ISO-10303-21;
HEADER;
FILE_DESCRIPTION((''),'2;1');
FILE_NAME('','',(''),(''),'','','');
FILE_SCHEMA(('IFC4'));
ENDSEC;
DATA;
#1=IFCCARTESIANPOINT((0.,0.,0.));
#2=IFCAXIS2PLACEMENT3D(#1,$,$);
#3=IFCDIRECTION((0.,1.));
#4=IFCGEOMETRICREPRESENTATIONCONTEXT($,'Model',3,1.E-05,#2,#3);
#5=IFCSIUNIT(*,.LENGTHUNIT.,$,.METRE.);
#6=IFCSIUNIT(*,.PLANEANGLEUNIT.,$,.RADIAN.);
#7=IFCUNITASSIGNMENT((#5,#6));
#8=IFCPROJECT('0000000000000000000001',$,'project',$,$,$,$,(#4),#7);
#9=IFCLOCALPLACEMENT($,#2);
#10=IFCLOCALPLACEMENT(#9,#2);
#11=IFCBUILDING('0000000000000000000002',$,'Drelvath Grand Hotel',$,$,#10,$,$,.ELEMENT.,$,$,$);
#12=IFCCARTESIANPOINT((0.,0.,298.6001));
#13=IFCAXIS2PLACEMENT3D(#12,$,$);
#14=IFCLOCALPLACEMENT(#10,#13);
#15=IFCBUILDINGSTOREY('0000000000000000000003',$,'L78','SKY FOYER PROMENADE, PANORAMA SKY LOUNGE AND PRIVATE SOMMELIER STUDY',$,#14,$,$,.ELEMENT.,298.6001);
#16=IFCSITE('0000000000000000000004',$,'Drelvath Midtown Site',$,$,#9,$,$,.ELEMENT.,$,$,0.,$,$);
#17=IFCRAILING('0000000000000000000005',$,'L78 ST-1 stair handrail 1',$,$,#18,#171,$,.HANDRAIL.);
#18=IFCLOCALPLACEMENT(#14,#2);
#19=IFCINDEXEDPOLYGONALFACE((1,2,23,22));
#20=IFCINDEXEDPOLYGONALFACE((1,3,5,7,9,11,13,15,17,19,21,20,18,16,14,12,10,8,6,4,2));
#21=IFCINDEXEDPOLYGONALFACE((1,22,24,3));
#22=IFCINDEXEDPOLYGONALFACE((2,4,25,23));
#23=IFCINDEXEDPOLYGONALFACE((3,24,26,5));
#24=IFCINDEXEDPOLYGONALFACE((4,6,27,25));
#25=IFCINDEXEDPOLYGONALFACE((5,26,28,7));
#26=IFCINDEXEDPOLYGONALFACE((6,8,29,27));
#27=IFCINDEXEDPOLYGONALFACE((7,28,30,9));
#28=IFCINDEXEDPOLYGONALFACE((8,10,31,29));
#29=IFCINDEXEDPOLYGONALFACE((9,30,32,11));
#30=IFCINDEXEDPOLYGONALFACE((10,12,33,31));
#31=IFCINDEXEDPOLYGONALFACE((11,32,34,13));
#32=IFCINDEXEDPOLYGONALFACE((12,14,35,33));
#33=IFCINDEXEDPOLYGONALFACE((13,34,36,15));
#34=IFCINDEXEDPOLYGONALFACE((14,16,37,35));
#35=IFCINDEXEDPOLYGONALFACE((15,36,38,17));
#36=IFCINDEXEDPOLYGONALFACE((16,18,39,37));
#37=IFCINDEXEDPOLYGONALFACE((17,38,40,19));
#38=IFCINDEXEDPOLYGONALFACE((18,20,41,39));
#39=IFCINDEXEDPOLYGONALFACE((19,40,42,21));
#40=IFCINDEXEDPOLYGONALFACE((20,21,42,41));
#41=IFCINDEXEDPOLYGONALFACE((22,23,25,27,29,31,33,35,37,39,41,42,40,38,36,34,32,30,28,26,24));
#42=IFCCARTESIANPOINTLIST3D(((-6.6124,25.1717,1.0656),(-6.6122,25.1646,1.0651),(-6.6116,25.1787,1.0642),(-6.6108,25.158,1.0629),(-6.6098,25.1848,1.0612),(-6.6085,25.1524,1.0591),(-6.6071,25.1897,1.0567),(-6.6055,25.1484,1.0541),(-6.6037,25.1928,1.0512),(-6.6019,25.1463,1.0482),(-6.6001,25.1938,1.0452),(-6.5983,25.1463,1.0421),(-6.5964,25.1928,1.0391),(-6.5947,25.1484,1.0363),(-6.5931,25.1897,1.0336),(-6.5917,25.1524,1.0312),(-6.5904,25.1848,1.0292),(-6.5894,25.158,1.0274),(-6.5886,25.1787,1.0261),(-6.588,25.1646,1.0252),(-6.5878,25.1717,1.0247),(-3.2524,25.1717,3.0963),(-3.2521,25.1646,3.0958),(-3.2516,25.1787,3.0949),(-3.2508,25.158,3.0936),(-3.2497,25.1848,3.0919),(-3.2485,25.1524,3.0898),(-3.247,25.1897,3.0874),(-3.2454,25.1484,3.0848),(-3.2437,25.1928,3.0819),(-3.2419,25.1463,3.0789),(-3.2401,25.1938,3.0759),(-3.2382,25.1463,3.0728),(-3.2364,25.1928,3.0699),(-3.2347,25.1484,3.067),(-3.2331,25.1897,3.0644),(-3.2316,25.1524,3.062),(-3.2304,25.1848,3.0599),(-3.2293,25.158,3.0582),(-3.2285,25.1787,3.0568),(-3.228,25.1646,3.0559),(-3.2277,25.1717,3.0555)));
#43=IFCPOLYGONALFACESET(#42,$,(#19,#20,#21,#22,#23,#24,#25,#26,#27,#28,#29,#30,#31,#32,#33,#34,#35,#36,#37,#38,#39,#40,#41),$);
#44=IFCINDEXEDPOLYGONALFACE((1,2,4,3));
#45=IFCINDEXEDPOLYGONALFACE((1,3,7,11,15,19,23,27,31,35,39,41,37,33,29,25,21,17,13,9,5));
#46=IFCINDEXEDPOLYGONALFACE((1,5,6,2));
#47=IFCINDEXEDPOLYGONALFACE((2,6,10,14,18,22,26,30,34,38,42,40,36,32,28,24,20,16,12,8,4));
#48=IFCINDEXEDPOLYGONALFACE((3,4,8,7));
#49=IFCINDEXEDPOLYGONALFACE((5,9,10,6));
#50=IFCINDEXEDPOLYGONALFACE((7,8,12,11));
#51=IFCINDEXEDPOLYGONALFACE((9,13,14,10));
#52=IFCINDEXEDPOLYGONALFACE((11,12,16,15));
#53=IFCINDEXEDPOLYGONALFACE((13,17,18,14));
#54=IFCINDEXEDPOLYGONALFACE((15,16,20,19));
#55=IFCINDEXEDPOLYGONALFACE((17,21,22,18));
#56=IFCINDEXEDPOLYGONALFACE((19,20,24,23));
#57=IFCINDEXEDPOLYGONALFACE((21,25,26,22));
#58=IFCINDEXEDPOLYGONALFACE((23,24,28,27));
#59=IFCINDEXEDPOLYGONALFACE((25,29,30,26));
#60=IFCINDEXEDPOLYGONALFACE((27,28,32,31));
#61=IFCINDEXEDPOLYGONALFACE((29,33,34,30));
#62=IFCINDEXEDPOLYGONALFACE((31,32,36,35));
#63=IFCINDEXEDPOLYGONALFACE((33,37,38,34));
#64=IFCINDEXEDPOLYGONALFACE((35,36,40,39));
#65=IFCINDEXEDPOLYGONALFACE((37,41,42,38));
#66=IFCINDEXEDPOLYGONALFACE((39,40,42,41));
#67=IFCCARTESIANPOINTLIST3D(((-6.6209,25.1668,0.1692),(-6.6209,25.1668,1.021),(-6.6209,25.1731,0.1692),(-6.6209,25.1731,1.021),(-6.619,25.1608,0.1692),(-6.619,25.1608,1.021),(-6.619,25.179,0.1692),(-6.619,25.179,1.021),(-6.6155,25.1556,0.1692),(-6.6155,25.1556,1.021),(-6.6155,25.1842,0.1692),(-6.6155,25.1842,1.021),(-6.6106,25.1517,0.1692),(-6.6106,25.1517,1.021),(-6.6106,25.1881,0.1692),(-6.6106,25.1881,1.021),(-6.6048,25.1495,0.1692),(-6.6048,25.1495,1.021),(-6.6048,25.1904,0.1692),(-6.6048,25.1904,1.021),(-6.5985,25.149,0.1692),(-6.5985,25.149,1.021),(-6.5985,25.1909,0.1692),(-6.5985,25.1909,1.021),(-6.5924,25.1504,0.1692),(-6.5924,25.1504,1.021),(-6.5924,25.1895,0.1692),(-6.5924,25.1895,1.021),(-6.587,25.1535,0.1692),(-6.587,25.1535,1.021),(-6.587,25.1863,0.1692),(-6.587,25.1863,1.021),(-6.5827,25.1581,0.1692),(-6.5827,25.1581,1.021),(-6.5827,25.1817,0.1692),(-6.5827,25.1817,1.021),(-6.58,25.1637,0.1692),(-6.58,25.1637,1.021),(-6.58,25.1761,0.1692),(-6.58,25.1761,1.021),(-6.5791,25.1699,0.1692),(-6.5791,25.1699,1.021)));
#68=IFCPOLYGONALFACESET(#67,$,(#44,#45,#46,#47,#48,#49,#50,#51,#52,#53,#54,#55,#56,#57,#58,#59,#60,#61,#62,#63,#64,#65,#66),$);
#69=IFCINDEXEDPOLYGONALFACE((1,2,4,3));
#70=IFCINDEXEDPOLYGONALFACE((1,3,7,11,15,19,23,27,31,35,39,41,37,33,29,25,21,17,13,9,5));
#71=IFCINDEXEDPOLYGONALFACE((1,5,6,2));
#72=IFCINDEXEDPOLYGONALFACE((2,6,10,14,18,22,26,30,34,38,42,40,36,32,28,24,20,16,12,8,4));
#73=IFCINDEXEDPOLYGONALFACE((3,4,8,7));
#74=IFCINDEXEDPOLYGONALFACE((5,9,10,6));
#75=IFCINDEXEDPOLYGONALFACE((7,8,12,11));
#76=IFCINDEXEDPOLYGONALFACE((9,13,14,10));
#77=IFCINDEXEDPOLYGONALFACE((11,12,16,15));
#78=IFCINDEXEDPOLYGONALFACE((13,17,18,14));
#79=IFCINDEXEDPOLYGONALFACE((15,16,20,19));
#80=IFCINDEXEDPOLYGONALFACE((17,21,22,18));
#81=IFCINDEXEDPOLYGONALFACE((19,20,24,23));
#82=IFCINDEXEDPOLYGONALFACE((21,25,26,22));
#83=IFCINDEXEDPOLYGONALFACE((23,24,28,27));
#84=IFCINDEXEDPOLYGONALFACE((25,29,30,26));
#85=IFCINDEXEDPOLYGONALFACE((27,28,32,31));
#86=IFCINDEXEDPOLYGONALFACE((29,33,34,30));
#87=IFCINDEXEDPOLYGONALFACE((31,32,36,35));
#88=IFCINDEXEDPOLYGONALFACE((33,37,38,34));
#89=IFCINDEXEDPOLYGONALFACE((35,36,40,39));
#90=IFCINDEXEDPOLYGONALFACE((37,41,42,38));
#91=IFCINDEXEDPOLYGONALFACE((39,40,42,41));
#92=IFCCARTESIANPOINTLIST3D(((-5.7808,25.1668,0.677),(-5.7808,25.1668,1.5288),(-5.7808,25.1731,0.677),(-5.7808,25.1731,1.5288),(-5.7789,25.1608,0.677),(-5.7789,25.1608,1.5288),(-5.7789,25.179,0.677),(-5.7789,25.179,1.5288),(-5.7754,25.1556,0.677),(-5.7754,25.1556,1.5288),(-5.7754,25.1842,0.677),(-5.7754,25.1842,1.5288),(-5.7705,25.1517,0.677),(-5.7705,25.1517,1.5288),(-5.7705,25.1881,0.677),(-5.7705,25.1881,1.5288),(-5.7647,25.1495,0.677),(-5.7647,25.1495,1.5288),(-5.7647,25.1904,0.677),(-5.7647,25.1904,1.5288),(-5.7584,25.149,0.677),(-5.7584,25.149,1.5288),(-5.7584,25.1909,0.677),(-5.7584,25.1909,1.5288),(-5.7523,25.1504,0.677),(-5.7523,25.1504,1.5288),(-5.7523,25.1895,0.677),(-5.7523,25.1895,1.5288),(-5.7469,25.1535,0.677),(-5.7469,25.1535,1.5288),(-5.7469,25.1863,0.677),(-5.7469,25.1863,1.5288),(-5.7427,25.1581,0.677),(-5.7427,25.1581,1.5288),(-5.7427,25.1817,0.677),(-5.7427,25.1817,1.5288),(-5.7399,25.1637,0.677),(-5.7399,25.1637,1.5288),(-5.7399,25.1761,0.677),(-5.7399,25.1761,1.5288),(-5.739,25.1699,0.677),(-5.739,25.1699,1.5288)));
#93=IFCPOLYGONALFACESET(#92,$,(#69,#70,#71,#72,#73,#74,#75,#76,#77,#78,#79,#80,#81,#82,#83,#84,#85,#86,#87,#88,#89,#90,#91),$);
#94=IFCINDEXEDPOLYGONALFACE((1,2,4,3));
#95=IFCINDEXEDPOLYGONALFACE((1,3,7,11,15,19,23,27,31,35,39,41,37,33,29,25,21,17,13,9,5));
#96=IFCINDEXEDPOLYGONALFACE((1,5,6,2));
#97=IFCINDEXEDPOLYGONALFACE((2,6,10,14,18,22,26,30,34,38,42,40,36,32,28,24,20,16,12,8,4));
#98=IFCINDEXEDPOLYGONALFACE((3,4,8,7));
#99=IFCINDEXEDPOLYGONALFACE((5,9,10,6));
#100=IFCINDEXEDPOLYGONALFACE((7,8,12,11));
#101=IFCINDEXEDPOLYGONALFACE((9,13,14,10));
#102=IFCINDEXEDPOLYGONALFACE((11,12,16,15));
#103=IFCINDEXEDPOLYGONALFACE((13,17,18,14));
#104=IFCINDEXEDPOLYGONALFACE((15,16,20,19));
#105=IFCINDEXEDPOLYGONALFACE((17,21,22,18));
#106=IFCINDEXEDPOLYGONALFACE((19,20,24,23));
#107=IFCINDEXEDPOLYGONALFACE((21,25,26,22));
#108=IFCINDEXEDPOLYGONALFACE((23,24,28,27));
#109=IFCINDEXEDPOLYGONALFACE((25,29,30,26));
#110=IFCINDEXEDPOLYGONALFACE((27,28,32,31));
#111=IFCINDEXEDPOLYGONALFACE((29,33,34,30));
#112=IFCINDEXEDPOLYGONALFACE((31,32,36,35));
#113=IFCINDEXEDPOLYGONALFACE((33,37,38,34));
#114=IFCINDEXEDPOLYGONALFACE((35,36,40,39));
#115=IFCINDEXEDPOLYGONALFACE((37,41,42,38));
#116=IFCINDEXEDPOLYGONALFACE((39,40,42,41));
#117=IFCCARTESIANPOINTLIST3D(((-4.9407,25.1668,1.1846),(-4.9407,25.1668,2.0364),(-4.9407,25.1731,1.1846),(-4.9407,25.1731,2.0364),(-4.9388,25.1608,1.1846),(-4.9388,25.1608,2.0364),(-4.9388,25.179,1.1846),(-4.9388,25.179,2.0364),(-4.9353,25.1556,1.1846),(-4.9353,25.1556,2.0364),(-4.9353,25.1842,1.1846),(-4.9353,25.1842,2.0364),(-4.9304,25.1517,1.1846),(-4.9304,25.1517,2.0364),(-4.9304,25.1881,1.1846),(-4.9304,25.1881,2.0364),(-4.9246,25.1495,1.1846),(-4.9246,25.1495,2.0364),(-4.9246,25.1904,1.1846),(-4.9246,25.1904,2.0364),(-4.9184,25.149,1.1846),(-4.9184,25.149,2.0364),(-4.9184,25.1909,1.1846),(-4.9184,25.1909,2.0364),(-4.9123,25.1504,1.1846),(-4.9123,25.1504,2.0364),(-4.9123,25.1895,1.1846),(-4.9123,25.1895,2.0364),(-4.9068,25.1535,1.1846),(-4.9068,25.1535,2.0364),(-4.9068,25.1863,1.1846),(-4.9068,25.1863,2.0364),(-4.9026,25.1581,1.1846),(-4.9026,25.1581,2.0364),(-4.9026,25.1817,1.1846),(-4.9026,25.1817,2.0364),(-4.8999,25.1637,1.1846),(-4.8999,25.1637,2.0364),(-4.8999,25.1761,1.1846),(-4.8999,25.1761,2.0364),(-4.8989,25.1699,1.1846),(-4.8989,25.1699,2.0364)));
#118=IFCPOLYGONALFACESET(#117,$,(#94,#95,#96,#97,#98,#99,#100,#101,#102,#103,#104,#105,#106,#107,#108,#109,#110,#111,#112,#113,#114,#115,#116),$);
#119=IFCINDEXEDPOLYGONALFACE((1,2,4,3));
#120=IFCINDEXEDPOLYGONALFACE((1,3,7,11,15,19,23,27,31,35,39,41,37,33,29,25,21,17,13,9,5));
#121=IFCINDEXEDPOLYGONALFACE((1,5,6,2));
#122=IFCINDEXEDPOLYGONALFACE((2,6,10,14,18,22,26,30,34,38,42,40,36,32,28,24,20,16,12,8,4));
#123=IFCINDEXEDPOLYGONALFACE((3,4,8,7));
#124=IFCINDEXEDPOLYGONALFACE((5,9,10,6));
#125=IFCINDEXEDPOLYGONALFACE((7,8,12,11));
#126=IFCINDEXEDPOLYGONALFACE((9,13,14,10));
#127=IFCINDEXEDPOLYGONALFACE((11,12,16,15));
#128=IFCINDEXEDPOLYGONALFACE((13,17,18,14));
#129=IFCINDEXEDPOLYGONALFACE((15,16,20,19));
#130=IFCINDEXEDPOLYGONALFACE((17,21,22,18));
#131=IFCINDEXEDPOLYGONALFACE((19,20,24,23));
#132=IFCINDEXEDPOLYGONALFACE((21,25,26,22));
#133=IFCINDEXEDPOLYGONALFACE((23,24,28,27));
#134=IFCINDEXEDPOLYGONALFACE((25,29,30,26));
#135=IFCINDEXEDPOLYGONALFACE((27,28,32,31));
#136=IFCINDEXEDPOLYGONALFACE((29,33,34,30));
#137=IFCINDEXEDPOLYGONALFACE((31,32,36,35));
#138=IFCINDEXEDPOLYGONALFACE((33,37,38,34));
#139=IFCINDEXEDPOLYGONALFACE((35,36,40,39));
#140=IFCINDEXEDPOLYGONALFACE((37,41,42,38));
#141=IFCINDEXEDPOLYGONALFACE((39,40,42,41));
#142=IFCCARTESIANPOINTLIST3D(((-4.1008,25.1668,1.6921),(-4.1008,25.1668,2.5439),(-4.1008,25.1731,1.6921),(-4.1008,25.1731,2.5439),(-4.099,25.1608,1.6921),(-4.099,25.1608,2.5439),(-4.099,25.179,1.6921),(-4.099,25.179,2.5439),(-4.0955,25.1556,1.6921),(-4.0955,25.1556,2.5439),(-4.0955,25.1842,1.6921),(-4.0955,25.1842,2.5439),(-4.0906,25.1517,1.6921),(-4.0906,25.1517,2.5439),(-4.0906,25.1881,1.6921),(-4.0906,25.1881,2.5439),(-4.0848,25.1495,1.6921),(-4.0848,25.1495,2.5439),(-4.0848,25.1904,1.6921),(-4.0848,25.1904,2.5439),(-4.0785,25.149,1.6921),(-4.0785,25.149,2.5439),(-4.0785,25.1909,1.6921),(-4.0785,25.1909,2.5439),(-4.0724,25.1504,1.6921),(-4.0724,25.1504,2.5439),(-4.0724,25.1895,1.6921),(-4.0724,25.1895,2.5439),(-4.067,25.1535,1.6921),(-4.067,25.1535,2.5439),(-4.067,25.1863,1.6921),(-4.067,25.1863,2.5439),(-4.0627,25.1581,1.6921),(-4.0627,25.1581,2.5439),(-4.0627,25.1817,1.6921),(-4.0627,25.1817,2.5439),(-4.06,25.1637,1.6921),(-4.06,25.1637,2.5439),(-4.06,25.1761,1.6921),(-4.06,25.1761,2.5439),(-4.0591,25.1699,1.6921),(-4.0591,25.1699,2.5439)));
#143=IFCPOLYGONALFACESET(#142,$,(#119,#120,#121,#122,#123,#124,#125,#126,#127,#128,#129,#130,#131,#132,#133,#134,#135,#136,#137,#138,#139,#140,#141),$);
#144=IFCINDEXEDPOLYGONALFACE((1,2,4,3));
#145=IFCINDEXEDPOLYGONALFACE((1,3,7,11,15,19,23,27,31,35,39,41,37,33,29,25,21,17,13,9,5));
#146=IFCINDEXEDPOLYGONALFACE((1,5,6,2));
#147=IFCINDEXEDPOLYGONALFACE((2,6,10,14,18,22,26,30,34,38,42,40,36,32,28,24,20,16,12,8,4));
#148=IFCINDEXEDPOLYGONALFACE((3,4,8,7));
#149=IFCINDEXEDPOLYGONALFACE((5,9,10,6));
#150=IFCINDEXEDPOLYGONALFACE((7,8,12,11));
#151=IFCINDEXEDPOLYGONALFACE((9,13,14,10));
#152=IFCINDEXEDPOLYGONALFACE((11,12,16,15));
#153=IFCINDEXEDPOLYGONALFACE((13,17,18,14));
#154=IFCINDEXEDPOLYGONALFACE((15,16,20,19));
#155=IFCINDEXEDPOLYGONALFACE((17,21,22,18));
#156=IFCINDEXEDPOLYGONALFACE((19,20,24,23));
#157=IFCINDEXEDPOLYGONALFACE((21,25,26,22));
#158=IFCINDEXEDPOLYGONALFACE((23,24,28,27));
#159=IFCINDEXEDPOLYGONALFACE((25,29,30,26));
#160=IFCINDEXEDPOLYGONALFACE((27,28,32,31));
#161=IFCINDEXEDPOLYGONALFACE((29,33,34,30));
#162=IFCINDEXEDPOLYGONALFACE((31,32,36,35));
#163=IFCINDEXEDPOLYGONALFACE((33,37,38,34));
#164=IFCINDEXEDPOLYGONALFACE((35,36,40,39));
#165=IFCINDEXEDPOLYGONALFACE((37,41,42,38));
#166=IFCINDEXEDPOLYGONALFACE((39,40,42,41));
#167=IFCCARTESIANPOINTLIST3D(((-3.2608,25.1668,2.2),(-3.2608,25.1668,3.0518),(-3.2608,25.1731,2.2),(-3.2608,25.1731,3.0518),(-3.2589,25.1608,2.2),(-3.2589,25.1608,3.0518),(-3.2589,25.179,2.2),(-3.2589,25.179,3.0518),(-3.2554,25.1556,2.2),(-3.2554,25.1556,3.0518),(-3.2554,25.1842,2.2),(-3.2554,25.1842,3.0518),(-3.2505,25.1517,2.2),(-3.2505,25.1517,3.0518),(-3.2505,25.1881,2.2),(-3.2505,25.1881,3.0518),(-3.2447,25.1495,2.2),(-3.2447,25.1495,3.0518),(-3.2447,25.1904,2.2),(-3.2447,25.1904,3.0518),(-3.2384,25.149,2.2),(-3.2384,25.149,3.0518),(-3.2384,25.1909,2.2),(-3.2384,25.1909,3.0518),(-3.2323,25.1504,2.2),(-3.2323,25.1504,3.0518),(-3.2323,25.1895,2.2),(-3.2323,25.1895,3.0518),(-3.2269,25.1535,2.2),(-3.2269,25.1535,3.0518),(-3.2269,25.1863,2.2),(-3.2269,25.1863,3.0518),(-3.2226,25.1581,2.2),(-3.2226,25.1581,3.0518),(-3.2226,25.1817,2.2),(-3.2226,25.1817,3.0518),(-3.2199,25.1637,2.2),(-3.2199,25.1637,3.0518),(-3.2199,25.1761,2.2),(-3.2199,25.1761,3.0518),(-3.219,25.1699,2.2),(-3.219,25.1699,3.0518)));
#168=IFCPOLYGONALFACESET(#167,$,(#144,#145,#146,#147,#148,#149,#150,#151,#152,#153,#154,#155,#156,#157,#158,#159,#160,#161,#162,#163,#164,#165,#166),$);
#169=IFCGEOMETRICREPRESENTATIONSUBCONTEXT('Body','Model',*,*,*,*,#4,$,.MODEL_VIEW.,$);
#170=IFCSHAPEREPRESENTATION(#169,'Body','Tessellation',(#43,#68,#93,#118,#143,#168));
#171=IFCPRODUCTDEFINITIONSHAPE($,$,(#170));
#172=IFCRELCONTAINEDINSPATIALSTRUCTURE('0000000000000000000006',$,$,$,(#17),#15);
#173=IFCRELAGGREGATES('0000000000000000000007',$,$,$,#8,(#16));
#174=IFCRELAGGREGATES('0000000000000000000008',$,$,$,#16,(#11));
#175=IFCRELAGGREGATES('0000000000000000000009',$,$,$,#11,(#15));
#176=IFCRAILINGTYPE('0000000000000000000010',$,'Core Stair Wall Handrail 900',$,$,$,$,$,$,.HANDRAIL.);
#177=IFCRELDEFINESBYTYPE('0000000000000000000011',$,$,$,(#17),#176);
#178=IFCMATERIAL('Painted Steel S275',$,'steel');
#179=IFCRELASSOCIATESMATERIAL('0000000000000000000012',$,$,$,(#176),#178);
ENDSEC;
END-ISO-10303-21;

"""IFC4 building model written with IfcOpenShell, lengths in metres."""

from ifc_helpers import new_model, si_unit, direction, frame, origin, origin_2d, place, context, subcontext, project, spatial, circle, extrude, material, type_object, element, save


model = new_model("IFC4")

# Units and contexts
model_context = context("Model", 3, precision=1e-05, world=origin(), true_north=direction((0.0, 1.0)))
body_context = subcontext(model_context, "Body", "Model", "MODEL_VIEW")
ifc_project = project(units=[si_unit("LENGTHUNIT", "METRE"), si_unit("PLANEANGLEUNIT", "RADIAN")], contexts=[model_context])

# Site, building, storey
site_placement = place(None, origin())
site = spatial("IfcSite", under=ifc_project, at=site_placement, Name="Drelvath Midtown Site", CompositionType="ELEMENT", RefElevation=0.0)
building_placement = place(site_placement, origin())
building = spatial("IfcBuilding", under=site, at=building_placement, Name="Drelvath Grand Hotel", CompositionType="ELEMENT")
storey_placement = place(building_placement, frame((0.0, 0.0, 298.6001)))
storey = spatial("IfcBuildingStorey", under=building, at=storey_placement, Name="L78", Description="SKY FOYER PROMENADE, PANORAMA SKY LOUNGE AND PRIVATE SOMMELIER STUDY", CompositionType="ELEMENT", Elevation=298.6001)

# Shared definitions
ifc_material_1 = material(Name="Painted Steel S275", Category="steel")

# Railing
railing_type_1 = type_object("IfcRailingType", Name="Core Stair Wall Handrail 900", PredefinedType="HANDRAIL", material=ifc_material_1)
railing_1_placement = place(storey_placement, frame((-6.6001, 25.1699, 0.1692)))
element("IfcRailing", 1, at=railing_1_placement, inside=storey, type_object=railing_type_1, Name="L78 ST-1 stair handrail 1", PredefinedType="HANDRAIL", context=body_context, shape_type="SweptSolid", body=[
    extrude(circle(Radius=0.0239, at=origin_2d()), frame((0.0, 0.0, 0.876), z_axis=(0.855837, 0.0, 0.517246), x_axis=(0.0, 1.0, 0.0)), (0.0, 0.0, 1.0), 3.926),
    extrude(circle(Radius=0.021, at=origin_2d()), origin(), (0.0, 0.0, 1.0), 0.8518),
    extrude(circle(Radius=0.021, at=origin_2d()), frame((0.8401, 0.0, 0.5078)), (0.0, 0.0, 1.0), 0.8518),
    extrude(circle(Radius=0.021, at=origin_2d()), frame((1.6802, 0.0, 1.0154)), (0.0, 0.0, 1.0), 0.8518),
    extrude(circle(Radius=0.021, at=origin_2d()), frame((2.52, 0.0, 1.5229)), (0.0, 0.0, 1.0), 0.8518),
    extrude(circle(Radius=0.021, at=origin_2d()), frame((3.3601, 0.0, 2.0308)), (0.0, 0.0, 1.0), 0.8518),
])

save(model, "model.ifc")
